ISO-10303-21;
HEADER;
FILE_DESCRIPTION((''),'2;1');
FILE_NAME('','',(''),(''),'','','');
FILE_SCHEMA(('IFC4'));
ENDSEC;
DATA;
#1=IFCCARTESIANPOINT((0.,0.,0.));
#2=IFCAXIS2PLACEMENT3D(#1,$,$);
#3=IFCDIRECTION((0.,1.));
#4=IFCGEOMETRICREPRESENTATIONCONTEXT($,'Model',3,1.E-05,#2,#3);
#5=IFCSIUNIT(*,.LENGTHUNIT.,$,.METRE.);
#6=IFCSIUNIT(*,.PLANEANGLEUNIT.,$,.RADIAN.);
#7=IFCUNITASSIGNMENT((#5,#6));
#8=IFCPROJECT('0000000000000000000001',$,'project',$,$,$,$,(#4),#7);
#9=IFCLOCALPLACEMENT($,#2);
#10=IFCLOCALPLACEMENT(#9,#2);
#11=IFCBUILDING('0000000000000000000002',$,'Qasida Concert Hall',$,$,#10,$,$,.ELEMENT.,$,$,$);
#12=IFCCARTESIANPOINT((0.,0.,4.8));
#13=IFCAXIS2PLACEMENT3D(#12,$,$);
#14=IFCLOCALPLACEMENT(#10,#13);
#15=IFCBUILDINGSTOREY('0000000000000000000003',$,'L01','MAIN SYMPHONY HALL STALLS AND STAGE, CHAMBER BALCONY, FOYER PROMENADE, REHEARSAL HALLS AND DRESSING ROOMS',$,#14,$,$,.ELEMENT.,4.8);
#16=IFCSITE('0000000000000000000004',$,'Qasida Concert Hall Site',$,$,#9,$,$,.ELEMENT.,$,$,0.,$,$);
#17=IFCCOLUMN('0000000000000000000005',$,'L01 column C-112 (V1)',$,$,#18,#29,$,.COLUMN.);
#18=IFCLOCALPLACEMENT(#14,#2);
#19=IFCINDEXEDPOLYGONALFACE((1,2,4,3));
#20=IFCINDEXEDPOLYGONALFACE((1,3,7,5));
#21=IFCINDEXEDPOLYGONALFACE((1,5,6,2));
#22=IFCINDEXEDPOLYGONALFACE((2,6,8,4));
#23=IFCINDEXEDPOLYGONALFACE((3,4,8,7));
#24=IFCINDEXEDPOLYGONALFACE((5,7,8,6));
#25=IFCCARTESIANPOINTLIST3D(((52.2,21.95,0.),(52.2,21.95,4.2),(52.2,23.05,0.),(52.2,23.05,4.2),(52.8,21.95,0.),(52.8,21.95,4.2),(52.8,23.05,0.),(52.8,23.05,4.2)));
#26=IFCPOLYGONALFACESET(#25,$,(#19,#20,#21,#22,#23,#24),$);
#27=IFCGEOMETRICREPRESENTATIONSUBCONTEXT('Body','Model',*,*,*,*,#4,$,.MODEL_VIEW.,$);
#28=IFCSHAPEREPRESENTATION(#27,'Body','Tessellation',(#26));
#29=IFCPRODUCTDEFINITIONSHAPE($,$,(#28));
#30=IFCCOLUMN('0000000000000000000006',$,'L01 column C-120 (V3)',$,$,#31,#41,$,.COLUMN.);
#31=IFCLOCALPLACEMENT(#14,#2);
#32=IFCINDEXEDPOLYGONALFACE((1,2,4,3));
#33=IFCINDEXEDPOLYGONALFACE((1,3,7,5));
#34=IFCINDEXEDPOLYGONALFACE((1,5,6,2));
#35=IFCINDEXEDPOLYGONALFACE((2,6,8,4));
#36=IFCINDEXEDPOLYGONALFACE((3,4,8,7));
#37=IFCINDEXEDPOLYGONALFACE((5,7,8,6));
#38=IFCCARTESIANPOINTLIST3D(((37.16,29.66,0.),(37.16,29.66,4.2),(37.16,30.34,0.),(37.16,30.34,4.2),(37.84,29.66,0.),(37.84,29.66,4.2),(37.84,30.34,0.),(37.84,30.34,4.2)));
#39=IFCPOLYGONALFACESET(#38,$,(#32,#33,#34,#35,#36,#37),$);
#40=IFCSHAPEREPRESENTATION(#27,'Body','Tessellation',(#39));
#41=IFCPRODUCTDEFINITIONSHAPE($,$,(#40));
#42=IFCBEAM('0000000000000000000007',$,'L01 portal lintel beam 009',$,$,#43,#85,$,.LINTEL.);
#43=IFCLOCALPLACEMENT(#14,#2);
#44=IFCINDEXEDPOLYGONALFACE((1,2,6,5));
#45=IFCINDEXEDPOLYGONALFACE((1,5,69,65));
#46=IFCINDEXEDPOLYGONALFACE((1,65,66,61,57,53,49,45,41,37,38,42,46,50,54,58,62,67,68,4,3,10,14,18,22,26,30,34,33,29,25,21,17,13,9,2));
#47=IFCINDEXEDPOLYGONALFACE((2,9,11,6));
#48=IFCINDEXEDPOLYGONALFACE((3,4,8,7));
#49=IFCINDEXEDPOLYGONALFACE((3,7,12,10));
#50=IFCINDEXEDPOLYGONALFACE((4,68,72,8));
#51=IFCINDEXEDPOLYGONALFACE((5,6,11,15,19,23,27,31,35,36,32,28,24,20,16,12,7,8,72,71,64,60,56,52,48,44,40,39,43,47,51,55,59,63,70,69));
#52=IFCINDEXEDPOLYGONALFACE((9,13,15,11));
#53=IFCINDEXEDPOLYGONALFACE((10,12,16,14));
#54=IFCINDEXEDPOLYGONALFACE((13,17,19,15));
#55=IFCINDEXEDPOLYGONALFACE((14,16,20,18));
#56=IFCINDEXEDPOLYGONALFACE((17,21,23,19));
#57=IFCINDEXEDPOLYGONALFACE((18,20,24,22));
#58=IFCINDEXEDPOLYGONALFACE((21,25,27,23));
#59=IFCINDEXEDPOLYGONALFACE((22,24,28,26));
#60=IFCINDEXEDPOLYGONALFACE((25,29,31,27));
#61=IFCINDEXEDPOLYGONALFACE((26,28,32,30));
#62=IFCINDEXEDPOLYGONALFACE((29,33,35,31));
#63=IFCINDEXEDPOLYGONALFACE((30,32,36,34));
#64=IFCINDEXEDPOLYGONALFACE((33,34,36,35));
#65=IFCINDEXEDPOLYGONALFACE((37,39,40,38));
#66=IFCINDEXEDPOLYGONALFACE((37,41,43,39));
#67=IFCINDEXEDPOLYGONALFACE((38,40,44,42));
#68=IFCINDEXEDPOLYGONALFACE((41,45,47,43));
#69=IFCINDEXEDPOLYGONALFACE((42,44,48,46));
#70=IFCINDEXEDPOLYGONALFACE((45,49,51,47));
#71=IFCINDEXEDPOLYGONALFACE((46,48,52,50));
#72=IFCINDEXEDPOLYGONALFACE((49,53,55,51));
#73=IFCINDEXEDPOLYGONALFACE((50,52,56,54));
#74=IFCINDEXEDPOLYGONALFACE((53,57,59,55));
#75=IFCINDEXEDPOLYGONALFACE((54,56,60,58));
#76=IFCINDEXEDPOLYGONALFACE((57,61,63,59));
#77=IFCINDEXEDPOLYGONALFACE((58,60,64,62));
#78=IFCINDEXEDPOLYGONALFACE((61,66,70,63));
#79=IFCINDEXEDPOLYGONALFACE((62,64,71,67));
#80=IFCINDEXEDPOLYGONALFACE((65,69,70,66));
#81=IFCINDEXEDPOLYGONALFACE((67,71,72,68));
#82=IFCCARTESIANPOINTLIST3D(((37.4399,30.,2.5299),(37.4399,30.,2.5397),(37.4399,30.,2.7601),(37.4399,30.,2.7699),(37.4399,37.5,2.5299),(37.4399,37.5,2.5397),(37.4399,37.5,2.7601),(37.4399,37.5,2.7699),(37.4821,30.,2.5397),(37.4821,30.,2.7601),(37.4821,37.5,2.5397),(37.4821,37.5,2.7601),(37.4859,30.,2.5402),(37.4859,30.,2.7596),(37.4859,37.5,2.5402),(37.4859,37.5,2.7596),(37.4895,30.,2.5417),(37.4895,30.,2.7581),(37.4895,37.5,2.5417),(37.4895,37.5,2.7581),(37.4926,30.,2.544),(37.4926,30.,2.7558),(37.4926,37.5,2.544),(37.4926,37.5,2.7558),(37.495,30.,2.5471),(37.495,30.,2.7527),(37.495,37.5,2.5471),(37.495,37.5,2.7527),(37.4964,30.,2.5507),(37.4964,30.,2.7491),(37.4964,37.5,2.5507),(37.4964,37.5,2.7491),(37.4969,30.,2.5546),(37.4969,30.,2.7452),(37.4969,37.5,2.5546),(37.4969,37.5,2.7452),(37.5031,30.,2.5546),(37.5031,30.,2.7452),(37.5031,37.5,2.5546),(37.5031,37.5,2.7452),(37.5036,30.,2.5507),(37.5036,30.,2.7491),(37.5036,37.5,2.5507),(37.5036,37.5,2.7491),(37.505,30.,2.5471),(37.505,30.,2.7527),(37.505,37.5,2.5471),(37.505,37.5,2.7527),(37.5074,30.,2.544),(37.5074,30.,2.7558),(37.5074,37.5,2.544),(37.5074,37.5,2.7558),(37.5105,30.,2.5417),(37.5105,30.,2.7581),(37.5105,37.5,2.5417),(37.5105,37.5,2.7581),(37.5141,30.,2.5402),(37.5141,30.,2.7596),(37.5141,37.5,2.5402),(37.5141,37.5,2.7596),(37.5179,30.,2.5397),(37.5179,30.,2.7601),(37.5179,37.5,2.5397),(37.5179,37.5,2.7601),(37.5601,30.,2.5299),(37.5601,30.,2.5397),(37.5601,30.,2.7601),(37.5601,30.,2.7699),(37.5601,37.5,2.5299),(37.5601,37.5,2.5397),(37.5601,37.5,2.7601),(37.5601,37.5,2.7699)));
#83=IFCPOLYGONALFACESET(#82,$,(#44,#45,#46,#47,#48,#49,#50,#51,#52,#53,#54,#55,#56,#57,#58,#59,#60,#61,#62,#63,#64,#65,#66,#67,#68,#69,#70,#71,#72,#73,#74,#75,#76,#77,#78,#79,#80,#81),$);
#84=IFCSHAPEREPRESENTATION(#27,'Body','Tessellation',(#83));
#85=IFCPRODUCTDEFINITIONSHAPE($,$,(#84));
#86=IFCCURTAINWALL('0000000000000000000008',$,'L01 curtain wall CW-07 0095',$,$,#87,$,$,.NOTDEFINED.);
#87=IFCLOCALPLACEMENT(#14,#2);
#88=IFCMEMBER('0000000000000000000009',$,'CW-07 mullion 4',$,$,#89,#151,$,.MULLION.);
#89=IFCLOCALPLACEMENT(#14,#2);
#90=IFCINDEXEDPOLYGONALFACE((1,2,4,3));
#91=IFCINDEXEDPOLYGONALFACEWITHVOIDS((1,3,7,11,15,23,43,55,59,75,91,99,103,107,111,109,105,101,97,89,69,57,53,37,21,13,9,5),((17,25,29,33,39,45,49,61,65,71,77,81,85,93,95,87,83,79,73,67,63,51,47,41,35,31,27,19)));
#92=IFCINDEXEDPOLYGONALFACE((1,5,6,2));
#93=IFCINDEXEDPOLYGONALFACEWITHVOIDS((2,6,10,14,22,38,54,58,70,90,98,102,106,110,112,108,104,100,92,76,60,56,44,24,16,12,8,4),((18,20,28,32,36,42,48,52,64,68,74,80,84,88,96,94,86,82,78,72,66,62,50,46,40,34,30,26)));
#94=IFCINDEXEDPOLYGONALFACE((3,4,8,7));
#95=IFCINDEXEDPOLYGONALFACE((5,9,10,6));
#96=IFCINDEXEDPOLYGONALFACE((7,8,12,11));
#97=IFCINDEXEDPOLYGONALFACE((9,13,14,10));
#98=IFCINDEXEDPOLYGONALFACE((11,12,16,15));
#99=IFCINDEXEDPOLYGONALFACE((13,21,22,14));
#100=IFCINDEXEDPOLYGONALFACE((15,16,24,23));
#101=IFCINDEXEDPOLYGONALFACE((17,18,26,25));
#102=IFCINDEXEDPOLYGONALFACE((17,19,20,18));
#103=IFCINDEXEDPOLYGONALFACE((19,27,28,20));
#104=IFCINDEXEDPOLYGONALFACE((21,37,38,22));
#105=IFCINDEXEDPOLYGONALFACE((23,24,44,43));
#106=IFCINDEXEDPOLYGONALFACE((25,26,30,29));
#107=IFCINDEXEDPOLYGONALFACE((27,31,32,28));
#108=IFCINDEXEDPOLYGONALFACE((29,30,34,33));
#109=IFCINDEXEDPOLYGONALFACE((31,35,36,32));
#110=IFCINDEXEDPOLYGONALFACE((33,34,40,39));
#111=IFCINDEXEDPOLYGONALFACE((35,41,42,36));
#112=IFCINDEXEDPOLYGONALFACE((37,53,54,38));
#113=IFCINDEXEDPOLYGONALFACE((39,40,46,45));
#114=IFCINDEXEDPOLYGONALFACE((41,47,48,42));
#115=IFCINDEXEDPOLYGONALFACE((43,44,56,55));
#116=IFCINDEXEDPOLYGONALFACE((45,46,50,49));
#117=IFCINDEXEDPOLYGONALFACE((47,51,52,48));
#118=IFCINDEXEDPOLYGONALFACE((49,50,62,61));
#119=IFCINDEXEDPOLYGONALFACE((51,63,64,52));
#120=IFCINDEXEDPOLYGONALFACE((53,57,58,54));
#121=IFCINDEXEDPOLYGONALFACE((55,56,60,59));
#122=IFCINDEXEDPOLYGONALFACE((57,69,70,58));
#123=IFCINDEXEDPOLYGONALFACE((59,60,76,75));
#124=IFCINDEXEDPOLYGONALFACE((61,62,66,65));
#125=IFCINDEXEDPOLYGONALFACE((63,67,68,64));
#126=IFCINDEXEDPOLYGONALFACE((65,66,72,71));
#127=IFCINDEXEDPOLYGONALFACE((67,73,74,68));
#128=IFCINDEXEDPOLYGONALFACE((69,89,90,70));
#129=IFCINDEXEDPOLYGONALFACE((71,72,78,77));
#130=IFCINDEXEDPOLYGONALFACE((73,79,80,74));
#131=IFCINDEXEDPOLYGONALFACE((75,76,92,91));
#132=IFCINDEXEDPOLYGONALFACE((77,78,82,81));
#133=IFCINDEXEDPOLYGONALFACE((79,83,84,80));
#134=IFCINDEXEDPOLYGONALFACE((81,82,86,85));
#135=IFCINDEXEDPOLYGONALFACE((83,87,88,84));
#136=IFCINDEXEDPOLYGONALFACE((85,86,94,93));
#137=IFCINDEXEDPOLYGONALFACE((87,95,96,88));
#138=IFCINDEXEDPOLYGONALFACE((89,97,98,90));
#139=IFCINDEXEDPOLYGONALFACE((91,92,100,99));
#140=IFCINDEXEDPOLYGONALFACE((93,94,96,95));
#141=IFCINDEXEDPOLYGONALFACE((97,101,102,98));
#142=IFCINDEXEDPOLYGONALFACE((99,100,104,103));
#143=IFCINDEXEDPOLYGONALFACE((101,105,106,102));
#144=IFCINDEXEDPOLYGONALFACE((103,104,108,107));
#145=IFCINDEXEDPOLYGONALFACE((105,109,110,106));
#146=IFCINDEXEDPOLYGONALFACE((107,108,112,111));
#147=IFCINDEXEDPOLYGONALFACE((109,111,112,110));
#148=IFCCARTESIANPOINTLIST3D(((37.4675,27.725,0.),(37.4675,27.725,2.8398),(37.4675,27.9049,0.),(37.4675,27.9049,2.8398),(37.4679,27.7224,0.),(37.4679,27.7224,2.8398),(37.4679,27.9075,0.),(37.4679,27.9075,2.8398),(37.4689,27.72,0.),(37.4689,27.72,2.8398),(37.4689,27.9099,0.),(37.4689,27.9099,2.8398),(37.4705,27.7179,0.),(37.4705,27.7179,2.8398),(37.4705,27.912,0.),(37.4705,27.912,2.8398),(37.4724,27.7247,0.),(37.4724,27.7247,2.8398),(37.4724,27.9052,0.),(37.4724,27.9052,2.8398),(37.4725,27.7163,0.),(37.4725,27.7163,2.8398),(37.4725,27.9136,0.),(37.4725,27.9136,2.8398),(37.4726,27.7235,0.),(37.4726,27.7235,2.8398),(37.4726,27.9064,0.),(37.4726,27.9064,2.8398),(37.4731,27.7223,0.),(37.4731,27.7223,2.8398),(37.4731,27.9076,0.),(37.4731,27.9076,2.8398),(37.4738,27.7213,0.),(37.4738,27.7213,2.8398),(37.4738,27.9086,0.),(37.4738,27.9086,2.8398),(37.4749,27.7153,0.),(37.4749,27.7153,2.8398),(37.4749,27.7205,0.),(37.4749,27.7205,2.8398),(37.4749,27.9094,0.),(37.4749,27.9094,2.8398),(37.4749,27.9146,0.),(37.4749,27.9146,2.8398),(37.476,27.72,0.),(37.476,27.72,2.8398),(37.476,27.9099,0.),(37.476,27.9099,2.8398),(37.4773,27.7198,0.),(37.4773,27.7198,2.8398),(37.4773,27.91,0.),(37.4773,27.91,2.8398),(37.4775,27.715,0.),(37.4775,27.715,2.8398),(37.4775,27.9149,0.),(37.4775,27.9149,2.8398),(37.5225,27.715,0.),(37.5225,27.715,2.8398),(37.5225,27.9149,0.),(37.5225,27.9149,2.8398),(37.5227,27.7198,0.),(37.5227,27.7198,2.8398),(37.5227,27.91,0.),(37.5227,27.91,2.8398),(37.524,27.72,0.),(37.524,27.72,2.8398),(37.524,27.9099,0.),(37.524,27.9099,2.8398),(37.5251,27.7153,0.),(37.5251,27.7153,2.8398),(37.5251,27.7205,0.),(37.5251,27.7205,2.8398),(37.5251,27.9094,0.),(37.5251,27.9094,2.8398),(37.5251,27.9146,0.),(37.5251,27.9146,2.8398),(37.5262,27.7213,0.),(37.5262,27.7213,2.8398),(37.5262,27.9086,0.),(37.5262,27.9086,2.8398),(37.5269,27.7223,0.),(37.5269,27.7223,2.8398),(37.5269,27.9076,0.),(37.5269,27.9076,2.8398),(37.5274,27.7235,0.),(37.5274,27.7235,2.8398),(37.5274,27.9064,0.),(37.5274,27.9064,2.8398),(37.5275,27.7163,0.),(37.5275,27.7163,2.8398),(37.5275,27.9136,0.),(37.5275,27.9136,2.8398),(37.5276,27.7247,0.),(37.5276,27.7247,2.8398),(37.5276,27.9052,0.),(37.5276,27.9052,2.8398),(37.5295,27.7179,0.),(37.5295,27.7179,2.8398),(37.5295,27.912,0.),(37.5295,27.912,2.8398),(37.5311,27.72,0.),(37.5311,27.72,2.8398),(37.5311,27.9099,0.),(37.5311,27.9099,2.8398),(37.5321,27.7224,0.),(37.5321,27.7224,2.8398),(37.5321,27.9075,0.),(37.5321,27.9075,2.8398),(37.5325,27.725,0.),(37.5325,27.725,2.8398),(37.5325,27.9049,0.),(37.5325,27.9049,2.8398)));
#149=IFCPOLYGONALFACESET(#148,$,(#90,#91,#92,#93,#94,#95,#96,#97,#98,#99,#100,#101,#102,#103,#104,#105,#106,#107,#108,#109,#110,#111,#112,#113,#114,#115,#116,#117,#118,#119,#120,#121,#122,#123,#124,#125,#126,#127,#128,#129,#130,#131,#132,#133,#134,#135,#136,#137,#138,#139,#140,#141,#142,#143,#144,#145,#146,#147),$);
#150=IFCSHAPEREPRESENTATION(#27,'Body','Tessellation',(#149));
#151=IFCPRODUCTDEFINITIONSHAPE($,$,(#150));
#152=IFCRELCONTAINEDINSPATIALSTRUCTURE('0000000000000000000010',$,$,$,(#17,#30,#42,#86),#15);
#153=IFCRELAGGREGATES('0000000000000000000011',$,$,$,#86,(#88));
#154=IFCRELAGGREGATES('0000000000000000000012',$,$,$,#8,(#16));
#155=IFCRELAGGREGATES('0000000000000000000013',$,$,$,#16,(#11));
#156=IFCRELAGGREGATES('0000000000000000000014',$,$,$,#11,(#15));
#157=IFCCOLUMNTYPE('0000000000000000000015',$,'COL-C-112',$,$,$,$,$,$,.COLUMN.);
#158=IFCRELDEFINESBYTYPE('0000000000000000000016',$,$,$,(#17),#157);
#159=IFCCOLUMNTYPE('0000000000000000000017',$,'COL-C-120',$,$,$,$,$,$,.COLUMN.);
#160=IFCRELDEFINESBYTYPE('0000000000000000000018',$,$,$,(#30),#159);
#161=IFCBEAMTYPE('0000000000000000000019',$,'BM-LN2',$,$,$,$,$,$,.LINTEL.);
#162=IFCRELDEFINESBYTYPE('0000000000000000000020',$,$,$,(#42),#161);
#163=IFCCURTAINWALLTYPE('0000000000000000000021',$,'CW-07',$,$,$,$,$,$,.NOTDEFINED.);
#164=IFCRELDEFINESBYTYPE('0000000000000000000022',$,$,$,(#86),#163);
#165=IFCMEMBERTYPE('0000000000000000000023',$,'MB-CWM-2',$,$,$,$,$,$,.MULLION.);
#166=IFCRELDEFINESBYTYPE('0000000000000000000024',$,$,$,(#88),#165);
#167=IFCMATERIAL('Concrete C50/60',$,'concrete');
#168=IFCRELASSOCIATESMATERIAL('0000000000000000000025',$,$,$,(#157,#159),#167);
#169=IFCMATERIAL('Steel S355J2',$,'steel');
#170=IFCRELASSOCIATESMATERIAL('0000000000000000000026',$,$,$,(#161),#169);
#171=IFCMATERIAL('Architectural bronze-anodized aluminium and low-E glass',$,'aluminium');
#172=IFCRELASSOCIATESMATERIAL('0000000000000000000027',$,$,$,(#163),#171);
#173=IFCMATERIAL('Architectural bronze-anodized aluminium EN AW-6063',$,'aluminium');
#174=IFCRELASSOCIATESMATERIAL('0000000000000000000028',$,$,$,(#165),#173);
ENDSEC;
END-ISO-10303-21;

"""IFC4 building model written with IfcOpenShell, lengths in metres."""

from ifc_helpers import new_model, si_unit, direction, frame, origin, origin_2d, place, context, subcontext, project, spatial, rectangle, hollow_rectangle, i_section, extrude, material, material_profile, profile_set, type_object, element, aggregate, save


model = new_model("IFC4")

# Units and contexts
model_context = context("Model", 3, precision=1e-05, world=origin(), true_north=direction((0.0, 1.0)))
body_context = subcontext(model_context, "Body", "Model", "MODEL_VIEW")
ifc_project = project(units=[si_unit("LENGTHUNIT", "METRE"), si_unit("PLANEANGLEUNIT", "RADIAN")], contexts=[model_context])

# Site, building, storey
site_placement = place(None, origin())
site = spatial("IfcSite", under=ifc_project, at=site_placement, Name="Qasida Concert Hall Site", CompositionType="ELEMENT", RefElevation=0.0)
building_placement = place(site_placement, origin())
building = spatial("IfcBuilding", under=site, at=building_placement, Name="Qasida Concert Hall", CompositionType="ELEMENT")
storey_placement = place(building_placement, frame((0.0, 0.0, 4.8)))
storey = spatial("IfcBuildingStorey", under=building, at=storey_placement, Name="L01", Description="MAIN SYMPHONY HALL STALLS AND STAGE, CHAMBER BALCONY, FOYER PROMENADE, REHEARSAL HALLS AND DRESSING ROOMS", CompositionType="ELEMENT", Elevation=4.8)

# Columns
ifc_material_1 = material(Name="Concrete C50/60", Category="concrete")
ifc_material_profile_1 = material_profile(ifc_material_1, rectangle(XDim=0.6001, YDim=1.1001, at=origin_2d()), Name="RC 600x1100")
ifc_profile_set_1 = profile_set([ifc_material_profile_1], Name="Concrete C50/60")
column_type_1 = type_object("IfcColumnType", Name="COL-C-112", PredefinedType="COLUMN", material=ifc_profile_set_1)
column_1_placement = place(storey_placement, frame((52.5, 22.5, 0.0), z_axis=(0.0, 0.0, 1.0), x_axis=(1.0, 0.0, 0.0)))
element("IfcColumn", 1, at=column_1_placement, inside=storey, type_object=column_type_1, Name="L01 column C-112 (V1)", PredefinedType="COLUMN", context=body_context, shape_type="SweptSolid", body=[
    extrude(rectangle(XDim=0.6001, YDim=1.1001, at=origin_2d()), origin(), (0.0, 0.0, 1.0), 4.2),
])
ifc_material_profile_2 = material_profile(ifc_material_1, rectangle(XDim=0.6799, YDim=0.6799, at=origin_2d()), Name="RC 680x680")
ifc_profile_set_2 = profile_set([ifc_material_profile_2], Name="Concrete C50/60")
column_type_2 = type_object("IfcColumnType", Name="COL-C-120", PredefinedType="COLUMN", material=ifc_profile_set_2)
column_2_placement = place(storey_placement, frame((37.5, 30.0, 0.0), z_axis=(0.0, 0.0, 1.0), x_axis=(1.0, 0.0, 0.0)))
element("IfcColumn", 2, at=column_2_placement, inside=storey, type_object=column_type_2, Name="L01 column C-120 (V3)", PredefinedType="COLUMN", context=body_context, shape_type="SweptSolid", body=[
    extrude(rectangle(XDim=0.6799, YDim=0.6799, at=origin_2d()), origin(), (0.0, 0.0, 1.0), 4.2),
])

# Beam
ifc_material_2 = material(Name="Steel S355J2", Category="steel")
ifc_material_profile_3 = material_profile(ifc_material_2, i_section(OverallWidth=0.1201, OverallDepth=0.24, WebThickness=0.0061, FlangeThickness=0.0098, FilletRadius=0.0149, at=origin_2d()), Name="IPE 240")
ifc_profile_set_3 = profile_set([ifc_material_profile_3], Name="Steel S355J2")
beam_type = type_object("IfcBeamType", Name="BM-LN2", PredefinedType="LINTEL", material=ifc_profile_set_3)
beam_placement = place(storey_placement, frame((37.5, 30.0, 2.6499), z_axis=(0.0, 1.0, 0.0), x_axis=(-1.0, 0.0, 0.0)))
element("IfcBeam", 3, at=beam_placement, inside=storey, type_object=beam_type, Name="L01 portal lintel beam 009", PredefinedType="LINTEL", context=body_context, shape_type="SweptSolid", body=[
    extrude(i_section(OverallWidth=0.1201, OverallDepth=0.24, WebThickness=0.0061, FlangeThickness=0.0098, FilletRadius=0.0149, at=origin_2d()), origin(), (0.0, 0.0, 1.0), 7.5),
])

# Curtain wall, member
ifc_material_3 = material(Name="Architectural bronze-anodized aluminium and low-E glass", Category="aluminium")
curtain_wall_type_1 = type_object("IfcCurtainWallType", Name="CW-07", PredefinedType="NOTDEFINED", material=ifc_material_3)
curtain_wall_1_placement = place(storey_placement, origin())
curtain_wall_1 = element("IfcCurtainWall", 4, at=curtain_wall_1_placement, inside=storey, type_object=curtain_wall_type_1, Name="L01 curtain wall CW-07 0095", PredefinedType="NOTDEFINED")
ifc_material_4 = material(Name="Architectural bronze-anodized aluminium EN AW-6063", Category="aluminium")
ifc_material_profile_4 = material_profile(ifc_material_4, hollow_rectangle(XDim=0.0649, YDim=0.2, WallThickness=0.0049, InnerFilletRadius=0.0049, OuterFilletRadius=0.01, at=origin_2d()), Name="CWM 200x65x5")
ifc_profile_set_4 = profile_set([ifc_material_profile_4], Name="Architectural bronze-anodized aluminium EN AW-6063")
member_type_1 = type_object("IfcMemberType", Name="MB-CWM-2", PredefinedType="MULLION", material=ifc_profile_set_4)
member_1_placement = place(storey_placement, frame((37.5, 27.8149, 0.0), z_axis=(0.0, 0.0, 1.0), x_axis=(-1.0, 0.0, 0.0)))
member_1 = element("IfcMember", 5, at=member_1_placement, type_object=member_type_1, Name="CW-07 mullion 4", PredefinedType="MULLION", context=body_context, shape_type="SweptSolid", body=[
    extrude(hollow_rectangle(XDim=0.0649, YDim=0.2, WallThickness=0.0049, InnerFilletRadius=0.0049, OuterFilletRadius=0.01, at=origin_2d()), origin(), (0.0, 0.0, 1.0), 2.8398),
])

aggregate(curtain_wall_1, [member_1])

save(model, "model.ifc")
